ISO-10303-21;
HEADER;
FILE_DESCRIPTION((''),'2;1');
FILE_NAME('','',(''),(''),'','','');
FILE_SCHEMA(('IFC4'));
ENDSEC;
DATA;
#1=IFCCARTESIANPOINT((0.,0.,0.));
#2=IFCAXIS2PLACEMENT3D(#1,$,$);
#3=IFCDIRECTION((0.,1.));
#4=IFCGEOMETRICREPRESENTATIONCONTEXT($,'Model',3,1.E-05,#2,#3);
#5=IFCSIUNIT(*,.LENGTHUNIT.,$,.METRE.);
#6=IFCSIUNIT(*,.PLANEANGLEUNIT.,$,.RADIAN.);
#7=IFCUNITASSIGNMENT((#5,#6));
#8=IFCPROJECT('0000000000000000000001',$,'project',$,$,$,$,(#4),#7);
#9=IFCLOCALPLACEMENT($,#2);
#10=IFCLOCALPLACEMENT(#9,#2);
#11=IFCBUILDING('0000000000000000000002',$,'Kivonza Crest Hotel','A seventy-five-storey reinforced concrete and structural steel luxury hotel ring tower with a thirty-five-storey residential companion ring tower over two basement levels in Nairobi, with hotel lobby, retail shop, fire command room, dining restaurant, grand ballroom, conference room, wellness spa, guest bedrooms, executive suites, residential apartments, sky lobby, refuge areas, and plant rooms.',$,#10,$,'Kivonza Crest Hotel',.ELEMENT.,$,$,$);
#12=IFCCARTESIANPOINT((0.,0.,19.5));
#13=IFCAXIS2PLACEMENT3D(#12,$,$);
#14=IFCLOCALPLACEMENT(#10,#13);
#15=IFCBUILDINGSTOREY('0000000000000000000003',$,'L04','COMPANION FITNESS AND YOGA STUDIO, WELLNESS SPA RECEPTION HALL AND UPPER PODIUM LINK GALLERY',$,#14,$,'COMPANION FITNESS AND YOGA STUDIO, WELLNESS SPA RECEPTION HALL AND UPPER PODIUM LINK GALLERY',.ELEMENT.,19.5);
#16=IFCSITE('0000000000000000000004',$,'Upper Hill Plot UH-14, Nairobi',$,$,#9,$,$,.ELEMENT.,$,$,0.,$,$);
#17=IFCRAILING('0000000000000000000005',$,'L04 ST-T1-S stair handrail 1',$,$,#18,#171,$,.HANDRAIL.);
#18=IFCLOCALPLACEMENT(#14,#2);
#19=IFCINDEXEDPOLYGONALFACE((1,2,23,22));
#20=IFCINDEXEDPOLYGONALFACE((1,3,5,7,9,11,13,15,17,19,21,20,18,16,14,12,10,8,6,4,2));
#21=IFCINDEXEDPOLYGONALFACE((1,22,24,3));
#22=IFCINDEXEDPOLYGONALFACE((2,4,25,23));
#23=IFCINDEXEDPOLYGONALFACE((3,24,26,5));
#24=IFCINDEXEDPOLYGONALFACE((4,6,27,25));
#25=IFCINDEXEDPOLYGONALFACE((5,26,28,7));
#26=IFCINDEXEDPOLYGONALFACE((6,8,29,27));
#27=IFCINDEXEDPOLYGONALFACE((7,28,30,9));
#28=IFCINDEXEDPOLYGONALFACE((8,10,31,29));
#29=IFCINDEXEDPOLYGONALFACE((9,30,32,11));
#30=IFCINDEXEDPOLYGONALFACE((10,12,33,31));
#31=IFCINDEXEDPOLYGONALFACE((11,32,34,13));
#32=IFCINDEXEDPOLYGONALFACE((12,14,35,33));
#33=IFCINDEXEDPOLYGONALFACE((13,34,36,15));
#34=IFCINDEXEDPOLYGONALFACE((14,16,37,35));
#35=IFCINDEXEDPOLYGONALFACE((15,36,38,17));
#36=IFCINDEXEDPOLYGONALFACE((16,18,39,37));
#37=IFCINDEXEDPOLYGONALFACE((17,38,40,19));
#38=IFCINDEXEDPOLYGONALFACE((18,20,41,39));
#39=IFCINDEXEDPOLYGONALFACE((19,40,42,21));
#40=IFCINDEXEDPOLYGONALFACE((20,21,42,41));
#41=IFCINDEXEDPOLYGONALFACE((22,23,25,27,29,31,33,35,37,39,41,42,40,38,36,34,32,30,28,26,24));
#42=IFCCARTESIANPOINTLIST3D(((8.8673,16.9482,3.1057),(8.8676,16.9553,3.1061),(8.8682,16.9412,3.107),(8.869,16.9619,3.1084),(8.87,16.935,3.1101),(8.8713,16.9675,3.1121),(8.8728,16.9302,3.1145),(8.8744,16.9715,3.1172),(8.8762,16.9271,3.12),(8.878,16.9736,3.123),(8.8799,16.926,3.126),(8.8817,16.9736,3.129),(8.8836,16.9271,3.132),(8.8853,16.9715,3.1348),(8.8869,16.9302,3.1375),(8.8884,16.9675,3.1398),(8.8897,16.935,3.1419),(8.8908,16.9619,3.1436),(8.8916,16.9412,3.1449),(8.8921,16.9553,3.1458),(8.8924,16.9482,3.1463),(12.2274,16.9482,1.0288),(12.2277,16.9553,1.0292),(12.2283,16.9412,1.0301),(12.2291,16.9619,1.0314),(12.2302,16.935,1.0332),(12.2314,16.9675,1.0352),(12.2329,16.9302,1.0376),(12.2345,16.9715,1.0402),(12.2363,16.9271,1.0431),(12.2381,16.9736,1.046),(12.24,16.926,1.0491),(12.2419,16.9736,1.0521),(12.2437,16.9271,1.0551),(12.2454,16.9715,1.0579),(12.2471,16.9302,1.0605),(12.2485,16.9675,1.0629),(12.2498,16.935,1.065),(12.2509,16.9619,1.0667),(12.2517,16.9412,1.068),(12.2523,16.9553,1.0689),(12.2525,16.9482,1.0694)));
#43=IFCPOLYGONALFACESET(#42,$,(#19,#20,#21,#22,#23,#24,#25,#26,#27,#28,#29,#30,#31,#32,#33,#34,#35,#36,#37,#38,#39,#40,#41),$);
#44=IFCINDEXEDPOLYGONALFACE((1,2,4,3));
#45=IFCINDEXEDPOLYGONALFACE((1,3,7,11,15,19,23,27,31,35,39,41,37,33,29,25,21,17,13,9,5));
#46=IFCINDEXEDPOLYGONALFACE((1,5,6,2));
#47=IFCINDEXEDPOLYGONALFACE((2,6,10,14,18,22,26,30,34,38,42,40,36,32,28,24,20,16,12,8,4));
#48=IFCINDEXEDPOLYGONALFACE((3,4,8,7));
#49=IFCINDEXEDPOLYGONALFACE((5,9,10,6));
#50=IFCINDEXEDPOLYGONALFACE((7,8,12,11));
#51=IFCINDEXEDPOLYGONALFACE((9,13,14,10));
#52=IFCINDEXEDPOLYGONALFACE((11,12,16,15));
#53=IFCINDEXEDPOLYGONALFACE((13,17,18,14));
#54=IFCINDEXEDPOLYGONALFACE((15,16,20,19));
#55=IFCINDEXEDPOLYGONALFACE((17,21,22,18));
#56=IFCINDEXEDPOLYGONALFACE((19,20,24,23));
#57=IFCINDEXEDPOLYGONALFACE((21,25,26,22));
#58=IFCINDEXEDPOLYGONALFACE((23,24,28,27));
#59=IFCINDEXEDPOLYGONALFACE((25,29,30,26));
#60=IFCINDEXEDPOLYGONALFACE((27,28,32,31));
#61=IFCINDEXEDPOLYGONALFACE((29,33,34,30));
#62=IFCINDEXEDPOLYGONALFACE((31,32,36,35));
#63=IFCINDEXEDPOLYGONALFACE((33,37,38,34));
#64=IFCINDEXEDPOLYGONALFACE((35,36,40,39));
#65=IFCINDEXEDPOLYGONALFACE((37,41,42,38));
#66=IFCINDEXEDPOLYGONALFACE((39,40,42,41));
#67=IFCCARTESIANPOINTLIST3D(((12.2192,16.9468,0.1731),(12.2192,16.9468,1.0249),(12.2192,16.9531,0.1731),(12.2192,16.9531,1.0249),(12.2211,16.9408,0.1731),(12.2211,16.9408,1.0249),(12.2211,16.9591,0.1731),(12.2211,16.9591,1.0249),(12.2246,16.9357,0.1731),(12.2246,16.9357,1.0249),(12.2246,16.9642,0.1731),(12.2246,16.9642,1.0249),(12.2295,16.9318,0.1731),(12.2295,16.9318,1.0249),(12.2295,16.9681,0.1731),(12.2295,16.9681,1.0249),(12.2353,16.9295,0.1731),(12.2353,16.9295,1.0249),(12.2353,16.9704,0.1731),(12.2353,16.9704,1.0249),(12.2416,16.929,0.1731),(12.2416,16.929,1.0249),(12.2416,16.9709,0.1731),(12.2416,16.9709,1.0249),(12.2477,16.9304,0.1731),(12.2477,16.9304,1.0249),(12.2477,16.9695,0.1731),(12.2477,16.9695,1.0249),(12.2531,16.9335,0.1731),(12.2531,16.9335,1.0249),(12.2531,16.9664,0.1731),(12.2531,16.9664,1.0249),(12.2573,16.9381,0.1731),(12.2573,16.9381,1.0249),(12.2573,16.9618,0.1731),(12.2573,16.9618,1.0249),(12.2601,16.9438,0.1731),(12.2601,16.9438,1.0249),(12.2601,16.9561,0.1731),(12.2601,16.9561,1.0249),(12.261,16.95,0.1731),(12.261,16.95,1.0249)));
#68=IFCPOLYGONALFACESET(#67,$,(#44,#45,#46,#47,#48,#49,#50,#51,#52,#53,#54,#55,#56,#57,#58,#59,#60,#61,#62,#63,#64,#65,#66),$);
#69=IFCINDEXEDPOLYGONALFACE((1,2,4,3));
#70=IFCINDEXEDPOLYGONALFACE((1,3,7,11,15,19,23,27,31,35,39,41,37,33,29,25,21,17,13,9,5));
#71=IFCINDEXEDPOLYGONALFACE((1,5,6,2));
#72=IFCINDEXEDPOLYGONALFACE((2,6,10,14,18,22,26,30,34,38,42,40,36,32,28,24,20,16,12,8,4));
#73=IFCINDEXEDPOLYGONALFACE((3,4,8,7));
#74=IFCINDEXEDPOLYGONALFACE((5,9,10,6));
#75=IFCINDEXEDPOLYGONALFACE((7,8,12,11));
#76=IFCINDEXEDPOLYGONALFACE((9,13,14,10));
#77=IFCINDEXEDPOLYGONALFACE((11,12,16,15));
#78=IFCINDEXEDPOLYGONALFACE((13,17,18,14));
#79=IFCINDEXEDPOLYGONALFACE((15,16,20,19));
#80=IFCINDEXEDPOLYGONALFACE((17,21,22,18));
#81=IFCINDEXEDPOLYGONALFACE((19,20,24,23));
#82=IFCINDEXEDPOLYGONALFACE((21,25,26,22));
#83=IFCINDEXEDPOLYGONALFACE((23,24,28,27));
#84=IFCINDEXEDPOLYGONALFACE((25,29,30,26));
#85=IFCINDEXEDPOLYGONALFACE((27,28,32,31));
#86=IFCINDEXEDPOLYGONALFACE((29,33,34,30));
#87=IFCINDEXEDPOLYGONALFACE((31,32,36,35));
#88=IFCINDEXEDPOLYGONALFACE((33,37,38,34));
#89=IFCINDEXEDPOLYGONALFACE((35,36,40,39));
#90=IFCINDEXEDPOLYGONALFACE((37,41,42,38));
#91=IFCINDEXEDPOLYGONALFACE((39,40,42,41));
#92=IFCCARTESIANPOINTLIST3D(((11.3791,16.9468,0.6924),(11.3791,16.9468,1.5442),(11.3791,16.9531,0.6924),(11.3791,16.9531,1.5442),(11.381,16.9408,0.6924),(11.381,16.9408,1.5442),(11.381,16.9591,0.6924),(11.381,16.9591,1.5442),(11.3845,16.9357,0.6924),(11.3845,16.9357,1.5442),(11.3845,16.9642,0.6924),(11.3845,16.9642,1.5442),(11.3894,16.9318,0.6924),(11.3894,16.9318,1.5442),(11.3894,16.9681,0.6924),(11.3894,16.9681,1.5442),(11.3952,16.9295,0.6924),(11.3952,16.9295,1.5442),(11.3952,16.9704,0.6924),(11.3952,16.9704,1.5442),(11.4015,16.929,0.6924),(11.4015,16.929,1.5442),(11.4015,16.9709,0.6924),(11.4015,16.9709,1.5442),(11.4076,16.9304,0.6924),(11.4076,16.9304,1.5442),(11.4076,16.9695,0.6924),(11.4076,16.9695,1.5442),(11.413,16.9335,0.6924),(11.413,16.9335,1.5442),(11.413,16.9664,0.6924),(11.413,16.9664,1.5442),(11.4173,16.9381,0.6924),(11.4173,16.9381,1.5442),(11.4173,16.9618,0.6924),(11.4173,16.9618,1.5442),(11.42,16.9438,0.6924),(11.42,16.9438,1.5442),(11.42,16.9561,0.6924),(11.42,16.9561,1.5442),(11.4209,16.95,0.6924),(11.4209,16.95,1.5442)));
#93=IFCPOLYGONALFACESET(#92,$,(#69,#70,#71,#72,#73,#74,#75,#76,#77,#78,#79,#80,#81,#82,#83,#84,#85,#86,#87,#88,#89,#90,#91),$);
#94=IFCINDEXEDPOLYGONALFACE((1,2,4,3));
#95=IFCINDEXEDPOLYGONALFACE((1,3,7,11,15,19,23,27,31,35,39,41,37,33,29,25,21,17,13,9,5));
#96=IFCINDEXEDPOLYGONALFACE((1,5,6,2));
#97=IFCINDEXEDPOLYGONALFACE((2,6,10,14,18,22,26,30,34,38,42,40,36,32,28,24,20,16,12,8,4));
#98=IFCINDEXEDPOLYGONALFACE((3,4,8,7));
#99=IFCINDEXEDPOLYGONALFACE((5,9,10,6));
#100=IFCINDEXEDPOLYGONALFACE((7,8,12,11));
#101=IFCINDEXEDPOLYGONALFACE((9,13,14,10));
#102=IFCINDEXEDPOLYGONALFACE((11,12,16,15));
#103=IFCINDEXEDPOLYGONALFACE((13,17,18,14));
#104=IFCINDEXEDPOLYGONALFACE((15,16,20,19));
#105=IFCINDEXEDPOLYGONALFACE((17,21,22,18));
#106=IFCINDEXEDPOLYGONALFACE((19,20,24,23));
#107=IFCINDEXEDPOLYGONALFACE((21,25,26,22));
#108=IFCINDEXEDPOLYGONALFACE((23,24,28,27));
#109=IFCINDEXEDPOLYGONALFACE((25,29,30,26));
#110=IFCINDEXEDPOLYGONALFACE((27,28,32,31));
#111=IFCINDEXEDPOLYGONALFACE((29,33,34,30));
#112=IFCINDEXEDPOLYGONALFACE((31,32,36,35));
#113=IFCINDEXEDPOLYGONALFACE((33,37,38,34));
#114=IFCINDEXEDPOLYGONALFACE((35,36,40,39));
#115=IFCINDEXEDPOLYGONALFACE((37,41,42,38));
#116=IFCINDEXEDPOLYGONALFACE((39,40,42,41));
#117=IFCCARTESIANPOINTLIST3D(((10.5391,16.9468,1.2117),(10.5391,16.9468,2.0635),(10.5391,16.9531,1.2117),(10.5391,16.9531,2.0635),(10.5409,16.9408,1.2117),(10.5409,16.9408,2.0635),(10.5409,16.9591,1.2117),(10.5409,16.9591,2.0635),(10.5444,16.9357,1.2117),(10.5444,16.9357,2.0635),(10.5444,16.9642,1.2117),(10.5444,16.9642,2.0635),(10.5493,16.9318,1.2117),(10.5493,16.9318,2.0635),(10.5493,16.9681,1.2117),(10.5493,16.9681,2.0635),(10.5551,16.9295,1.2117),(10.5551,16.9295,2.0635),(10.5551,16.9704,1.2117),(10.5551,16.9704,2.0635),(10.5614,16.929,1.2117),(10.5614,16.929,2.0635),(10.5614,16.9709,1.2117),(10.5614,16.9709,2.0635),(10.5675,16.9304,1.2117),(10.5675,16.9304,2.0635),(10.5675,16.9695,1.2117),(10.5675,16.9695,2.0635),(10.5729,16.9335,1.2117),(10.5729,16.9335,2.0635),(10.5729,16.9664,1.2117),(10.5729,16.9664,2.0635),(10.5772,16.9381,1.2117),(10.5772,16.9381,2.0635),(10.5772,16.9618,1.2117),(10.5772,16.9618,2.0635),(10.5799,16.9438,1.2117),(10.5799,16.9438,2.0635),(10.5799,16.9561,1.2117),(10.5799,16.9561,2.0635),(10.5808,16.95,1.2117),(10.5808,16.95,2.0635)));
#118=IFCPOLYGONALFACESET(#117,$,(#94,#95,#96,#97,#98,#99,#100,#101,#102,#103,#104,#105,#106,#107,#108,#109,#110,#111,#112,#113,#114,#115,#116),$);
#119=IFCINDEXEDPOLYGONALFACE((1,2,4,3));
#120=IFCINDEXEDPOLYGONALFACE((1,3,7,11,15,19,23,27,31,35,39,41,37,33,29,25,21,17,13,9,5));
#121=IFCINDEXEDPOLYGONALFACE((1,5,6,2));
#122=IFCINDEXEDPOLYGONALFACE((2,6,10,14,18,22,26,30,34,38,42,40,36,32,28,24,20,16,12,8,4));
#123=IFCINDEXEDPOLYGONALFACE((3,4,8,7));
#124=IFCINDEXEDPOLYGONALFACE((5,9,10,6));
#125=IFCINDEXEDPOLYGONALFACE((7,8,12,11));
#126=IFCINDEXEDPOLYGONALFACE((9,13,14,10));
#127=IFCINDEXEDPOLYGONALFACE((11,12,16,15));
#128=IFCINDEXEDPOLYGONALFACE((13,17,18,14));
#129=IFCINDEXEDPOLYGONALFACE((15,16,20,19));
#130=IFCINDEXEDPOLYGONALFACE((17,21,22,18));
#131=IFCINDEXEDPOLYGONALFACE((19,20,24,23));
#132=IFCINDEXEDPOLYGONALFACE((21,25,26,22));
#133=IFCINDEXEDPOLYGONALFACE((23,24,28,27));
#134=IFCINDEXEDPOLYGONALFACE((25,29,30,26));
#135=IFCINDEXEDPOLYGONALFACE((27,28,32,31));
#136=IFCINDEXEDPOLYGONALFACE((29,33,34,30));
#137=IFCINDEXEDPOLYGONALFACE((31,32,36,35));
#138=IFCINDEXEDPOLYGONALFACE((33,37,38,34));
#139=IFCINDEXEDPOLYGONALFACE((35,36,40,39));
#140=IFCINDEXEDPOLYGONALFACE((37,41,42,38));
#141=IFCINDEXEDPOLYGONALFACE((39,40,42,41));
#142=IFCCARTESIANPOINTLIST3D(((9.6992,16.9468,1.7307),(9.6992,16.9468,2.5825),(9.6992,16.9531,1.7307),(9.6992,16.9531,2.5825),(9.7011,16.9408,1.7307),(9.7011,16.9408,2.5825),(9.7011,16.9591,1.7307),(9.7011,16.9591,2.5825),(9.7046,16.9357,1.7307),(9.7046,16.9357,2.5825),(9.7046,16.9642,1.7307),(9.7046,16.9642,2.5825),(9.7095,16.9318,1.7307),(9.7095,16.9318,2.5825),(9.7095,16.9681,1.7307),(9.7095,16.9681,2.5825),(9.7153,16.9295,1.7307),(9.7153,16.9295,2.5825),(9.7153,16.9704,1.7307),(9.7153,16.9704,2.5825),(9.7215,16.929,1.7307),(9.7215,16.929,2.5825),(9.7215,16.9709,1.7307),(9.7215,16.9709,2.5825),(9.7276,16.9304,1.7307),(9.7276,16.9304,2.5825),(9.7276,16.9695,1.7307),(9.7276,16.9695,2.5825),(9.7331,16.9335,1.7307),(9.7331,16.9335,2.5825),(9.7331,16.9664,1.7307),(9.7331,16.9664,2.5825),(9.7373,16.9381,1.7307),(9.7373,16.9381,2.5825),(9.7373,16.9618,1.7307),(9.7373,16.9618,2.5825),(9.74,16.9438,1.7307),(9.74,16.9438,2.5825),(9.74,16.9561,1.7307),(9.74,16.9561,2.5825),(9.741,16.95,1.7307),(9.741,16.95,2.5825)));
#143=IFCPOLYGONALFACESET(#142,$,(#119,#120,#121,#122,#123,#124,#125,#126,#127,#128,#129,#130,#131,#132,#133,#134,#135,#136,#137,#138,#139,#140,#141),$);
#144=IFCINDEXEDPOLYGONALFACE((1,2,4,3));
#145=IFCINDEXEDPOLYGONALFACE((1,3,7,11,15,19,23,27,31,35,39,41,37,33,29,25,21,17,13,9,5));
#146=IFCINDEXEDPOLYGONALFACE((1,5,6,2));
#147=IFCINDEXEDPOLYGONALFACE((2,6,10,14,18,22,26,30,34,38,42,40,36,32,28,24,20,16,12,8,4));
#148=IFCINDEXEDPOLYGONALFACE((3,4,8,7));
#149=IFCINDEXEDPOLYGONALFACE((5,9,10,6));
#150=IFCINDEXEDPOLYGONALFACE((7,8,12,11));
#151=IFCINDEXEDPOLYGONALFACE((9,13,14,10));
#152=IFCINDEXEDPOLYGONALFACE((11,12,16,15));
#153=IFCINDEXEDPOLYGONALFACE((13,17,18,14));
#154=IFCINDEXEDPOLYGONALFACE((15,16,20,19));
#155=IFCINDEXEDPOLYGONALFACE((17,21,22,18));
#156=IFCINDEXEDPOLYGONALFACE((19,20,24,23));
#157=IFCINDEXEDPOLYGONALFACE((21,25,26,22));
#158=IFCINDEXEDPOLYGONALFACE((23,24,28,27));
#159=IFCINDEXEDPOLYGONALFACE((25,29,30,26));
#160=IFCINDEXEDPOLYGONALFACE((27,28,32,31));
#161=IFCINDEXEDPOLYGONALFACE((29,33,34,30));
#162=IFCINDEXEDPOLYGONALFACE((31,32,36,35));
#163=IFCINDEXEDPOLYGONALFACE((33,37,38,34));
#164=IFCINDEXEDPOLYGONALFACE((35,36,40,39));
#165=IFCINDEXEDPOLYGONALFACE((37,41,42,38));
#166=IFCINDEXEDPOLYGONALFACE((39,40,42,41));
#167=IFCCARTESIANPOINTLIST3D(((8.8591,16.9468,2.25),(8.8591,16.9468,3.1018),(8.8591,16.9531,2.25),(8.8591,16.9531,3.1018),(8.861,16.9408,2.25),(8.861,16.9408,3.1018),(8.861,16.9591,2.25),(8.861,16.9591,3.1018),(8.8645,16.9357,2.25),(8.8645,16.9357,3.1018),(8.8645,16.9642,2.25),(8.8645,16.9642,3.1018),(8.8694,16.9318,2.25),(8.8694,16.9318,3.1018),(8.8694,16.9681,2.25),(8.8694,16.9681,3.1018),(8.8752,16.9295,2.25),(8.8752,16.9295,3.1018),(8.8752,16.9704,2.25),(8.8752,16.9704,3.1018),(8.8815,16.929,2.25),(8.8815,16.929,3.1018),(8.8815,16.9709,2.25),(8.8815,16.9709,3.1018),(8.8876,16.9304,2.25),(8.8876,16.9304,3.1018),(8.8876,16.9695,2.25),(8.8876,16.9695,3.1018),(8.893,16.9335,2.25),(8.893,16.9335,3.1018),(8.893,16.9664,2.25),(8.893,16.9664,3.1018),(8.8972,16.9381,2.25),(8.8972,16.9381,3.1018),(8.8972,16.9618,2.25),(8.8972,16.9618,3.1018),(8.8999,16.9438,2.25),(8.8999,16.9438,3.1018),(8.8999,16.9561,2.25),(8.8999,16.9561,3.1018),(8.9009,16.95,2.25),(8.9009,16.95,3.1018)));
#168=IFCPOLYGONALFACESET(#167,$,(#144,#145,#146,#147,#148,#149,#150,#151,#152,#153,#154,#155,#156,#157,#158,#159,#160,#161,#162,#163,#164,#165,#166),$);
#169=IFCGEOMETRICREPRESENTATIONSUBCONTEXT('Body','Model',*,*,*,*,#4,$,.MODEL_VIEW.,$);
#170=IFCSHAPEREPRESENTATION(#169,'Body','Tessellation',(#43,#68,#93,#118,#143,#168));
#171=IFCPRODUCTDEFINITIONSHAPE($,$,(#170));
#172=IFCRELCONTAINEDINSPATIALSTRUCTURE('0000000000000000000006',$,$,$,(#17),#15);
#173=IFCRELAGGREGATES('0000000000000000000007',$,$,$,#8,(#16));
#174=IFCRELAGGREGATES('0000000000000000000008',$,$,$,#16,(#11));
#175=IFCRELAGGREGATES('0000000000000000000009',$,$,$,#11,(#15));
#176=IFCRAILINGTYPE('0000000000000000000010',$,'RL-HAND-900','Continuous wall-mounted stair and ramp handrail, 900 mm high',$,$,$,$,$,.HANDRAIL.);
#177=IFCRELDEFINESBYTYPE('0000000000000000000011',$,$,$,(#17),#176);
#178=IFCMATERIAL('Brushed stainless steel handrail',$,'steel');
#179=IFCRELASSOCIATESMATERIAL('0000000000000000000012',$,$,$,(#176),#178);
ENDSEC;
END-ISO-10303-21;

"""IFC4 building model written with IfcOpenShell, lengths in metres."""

from ifc_helpers import new_model, si_unit, direction, frame, origin, origin_2d, place, context, subcontext, project, spatial, circle, extrude, material, type_object, element, save


model = new_model("IFC4")

# Units and contexts
model_context = context("Model", 3, precision=1e-05, world=origin(), true_north=direction((0.0, 1.0)))
body_context = subcontext(model_context, "Body", "Model", "MODEL_VIEW")
ifc_project = project(units=[si_unit("LENGTHUNIT", "METRE"), si_unit("PLANEANGLEUNIT", "RADIAN")], contexts=[model_context])

# Site, building, storey
site_placement = place(None, origin())
site = spatial("IfcSite", under=ifc_project, at=site_placement, Name="Upper Hill Plot UH-14, Nairobi", CompositionType="ELEMENT", RefElevation=0.0)
building_placement = place(site_placement, origin())
building = spatial("IfcBuilding", under=site, at=building_placement, Name="Kivonza Crest Hotel", Description="A seventy-five-storey reinforced concrete and structural steel luxury hotel ring tower with a thirty-five-storey residential companion ring tower over two basement levels in Nairobi, with hotel lobby, retail shop, fire command room, dining restaurant, grand ballroom, conference room, wellness spa, guest bedrooms, executive suites, residential apartments, sky lobby, refuge areas, and plant rooms.", LongName="Kivonza Crest Hotel", CompositionType="ELEMENT")
storey_placement = place(building_placement, frame((0.0, 0.0, 19.5)))
storey = spatial("IfcBuildingStorey", under=building, at=storey_placement, Name="L04", Description="COMPANION FITNESS AND YOGA STUDIO, WELLNESS SPA RECEPTION HALL AND UPPER PODIUM LINK GALLERY", LongName="COMPANION FITNESS AND YOGA STUDIO, WELLNESS SPA RECEPTION HALL AND UPPER PODIUM LINK GALLERY", CompositionType="ELEMENT", Elevation=19.5)

# Railing
ifc_material_1 = material(Name="Brushed stainless steel handrail", Category="steel")
railing_type_1 = type_object("IfcRailingType", Name="RL-HAND-900", Description="Continuous wall-mounted stair and ramp handrail, 900 mm high", PredefinedType="HANDRAIL", material=ifc_material_1)
railing_1_placement = place(storey_placement, frame((12.24, 16.95, 0.1731)))
element("IfcRailing", 1, at=railing_1_placement, inside=storey, type_object=railing_type_1, Name="L04 ST-T1-S stair handrail 1", PredefinedType="HANDRAIL", context=body_context, shape_type="SweptSolid", body=[
    extrude(circle(Radius=0.0239, at=origin_2d()), frame((0.0, 0.0, 0.876), z_axis=(-0.850623, 0.0, 0.525776), x_axis=(0.0, -1.0, 0.0)), (0.0, 0.0, 1.0), 3.9502),
    extrude(circle(Radius=0.021, at=origin_2d()), origin(), (0.0, 0.0, 1.0), 0.8518),
    extrude(circle(Radius=0.021, at=origin_2d()), frame((-0.8401, 0.0, 0.5193)), (0.0, 0.0, 1.0), 0.8518),
    extrude(circle(Radius=0.021, at=origin_2d()), frame((-1.6802, 0.0, 1.0386)), (0.0, 0.0, 1.0), 0.8518),
    extrude(circle(Radius=0.021, at=origin_2d()), frame((-2.52, 0.0, 1.5576)), (0.0, 0.0, 1.0), 0.8518),
    extrude(circle(Radius=0.021, at=origin_2d()), frame((-3.3601, 0.0, 2.0769)), (0.0, 0.0, 1.0), 0.8518),
])

save(model, "model.ifc")
